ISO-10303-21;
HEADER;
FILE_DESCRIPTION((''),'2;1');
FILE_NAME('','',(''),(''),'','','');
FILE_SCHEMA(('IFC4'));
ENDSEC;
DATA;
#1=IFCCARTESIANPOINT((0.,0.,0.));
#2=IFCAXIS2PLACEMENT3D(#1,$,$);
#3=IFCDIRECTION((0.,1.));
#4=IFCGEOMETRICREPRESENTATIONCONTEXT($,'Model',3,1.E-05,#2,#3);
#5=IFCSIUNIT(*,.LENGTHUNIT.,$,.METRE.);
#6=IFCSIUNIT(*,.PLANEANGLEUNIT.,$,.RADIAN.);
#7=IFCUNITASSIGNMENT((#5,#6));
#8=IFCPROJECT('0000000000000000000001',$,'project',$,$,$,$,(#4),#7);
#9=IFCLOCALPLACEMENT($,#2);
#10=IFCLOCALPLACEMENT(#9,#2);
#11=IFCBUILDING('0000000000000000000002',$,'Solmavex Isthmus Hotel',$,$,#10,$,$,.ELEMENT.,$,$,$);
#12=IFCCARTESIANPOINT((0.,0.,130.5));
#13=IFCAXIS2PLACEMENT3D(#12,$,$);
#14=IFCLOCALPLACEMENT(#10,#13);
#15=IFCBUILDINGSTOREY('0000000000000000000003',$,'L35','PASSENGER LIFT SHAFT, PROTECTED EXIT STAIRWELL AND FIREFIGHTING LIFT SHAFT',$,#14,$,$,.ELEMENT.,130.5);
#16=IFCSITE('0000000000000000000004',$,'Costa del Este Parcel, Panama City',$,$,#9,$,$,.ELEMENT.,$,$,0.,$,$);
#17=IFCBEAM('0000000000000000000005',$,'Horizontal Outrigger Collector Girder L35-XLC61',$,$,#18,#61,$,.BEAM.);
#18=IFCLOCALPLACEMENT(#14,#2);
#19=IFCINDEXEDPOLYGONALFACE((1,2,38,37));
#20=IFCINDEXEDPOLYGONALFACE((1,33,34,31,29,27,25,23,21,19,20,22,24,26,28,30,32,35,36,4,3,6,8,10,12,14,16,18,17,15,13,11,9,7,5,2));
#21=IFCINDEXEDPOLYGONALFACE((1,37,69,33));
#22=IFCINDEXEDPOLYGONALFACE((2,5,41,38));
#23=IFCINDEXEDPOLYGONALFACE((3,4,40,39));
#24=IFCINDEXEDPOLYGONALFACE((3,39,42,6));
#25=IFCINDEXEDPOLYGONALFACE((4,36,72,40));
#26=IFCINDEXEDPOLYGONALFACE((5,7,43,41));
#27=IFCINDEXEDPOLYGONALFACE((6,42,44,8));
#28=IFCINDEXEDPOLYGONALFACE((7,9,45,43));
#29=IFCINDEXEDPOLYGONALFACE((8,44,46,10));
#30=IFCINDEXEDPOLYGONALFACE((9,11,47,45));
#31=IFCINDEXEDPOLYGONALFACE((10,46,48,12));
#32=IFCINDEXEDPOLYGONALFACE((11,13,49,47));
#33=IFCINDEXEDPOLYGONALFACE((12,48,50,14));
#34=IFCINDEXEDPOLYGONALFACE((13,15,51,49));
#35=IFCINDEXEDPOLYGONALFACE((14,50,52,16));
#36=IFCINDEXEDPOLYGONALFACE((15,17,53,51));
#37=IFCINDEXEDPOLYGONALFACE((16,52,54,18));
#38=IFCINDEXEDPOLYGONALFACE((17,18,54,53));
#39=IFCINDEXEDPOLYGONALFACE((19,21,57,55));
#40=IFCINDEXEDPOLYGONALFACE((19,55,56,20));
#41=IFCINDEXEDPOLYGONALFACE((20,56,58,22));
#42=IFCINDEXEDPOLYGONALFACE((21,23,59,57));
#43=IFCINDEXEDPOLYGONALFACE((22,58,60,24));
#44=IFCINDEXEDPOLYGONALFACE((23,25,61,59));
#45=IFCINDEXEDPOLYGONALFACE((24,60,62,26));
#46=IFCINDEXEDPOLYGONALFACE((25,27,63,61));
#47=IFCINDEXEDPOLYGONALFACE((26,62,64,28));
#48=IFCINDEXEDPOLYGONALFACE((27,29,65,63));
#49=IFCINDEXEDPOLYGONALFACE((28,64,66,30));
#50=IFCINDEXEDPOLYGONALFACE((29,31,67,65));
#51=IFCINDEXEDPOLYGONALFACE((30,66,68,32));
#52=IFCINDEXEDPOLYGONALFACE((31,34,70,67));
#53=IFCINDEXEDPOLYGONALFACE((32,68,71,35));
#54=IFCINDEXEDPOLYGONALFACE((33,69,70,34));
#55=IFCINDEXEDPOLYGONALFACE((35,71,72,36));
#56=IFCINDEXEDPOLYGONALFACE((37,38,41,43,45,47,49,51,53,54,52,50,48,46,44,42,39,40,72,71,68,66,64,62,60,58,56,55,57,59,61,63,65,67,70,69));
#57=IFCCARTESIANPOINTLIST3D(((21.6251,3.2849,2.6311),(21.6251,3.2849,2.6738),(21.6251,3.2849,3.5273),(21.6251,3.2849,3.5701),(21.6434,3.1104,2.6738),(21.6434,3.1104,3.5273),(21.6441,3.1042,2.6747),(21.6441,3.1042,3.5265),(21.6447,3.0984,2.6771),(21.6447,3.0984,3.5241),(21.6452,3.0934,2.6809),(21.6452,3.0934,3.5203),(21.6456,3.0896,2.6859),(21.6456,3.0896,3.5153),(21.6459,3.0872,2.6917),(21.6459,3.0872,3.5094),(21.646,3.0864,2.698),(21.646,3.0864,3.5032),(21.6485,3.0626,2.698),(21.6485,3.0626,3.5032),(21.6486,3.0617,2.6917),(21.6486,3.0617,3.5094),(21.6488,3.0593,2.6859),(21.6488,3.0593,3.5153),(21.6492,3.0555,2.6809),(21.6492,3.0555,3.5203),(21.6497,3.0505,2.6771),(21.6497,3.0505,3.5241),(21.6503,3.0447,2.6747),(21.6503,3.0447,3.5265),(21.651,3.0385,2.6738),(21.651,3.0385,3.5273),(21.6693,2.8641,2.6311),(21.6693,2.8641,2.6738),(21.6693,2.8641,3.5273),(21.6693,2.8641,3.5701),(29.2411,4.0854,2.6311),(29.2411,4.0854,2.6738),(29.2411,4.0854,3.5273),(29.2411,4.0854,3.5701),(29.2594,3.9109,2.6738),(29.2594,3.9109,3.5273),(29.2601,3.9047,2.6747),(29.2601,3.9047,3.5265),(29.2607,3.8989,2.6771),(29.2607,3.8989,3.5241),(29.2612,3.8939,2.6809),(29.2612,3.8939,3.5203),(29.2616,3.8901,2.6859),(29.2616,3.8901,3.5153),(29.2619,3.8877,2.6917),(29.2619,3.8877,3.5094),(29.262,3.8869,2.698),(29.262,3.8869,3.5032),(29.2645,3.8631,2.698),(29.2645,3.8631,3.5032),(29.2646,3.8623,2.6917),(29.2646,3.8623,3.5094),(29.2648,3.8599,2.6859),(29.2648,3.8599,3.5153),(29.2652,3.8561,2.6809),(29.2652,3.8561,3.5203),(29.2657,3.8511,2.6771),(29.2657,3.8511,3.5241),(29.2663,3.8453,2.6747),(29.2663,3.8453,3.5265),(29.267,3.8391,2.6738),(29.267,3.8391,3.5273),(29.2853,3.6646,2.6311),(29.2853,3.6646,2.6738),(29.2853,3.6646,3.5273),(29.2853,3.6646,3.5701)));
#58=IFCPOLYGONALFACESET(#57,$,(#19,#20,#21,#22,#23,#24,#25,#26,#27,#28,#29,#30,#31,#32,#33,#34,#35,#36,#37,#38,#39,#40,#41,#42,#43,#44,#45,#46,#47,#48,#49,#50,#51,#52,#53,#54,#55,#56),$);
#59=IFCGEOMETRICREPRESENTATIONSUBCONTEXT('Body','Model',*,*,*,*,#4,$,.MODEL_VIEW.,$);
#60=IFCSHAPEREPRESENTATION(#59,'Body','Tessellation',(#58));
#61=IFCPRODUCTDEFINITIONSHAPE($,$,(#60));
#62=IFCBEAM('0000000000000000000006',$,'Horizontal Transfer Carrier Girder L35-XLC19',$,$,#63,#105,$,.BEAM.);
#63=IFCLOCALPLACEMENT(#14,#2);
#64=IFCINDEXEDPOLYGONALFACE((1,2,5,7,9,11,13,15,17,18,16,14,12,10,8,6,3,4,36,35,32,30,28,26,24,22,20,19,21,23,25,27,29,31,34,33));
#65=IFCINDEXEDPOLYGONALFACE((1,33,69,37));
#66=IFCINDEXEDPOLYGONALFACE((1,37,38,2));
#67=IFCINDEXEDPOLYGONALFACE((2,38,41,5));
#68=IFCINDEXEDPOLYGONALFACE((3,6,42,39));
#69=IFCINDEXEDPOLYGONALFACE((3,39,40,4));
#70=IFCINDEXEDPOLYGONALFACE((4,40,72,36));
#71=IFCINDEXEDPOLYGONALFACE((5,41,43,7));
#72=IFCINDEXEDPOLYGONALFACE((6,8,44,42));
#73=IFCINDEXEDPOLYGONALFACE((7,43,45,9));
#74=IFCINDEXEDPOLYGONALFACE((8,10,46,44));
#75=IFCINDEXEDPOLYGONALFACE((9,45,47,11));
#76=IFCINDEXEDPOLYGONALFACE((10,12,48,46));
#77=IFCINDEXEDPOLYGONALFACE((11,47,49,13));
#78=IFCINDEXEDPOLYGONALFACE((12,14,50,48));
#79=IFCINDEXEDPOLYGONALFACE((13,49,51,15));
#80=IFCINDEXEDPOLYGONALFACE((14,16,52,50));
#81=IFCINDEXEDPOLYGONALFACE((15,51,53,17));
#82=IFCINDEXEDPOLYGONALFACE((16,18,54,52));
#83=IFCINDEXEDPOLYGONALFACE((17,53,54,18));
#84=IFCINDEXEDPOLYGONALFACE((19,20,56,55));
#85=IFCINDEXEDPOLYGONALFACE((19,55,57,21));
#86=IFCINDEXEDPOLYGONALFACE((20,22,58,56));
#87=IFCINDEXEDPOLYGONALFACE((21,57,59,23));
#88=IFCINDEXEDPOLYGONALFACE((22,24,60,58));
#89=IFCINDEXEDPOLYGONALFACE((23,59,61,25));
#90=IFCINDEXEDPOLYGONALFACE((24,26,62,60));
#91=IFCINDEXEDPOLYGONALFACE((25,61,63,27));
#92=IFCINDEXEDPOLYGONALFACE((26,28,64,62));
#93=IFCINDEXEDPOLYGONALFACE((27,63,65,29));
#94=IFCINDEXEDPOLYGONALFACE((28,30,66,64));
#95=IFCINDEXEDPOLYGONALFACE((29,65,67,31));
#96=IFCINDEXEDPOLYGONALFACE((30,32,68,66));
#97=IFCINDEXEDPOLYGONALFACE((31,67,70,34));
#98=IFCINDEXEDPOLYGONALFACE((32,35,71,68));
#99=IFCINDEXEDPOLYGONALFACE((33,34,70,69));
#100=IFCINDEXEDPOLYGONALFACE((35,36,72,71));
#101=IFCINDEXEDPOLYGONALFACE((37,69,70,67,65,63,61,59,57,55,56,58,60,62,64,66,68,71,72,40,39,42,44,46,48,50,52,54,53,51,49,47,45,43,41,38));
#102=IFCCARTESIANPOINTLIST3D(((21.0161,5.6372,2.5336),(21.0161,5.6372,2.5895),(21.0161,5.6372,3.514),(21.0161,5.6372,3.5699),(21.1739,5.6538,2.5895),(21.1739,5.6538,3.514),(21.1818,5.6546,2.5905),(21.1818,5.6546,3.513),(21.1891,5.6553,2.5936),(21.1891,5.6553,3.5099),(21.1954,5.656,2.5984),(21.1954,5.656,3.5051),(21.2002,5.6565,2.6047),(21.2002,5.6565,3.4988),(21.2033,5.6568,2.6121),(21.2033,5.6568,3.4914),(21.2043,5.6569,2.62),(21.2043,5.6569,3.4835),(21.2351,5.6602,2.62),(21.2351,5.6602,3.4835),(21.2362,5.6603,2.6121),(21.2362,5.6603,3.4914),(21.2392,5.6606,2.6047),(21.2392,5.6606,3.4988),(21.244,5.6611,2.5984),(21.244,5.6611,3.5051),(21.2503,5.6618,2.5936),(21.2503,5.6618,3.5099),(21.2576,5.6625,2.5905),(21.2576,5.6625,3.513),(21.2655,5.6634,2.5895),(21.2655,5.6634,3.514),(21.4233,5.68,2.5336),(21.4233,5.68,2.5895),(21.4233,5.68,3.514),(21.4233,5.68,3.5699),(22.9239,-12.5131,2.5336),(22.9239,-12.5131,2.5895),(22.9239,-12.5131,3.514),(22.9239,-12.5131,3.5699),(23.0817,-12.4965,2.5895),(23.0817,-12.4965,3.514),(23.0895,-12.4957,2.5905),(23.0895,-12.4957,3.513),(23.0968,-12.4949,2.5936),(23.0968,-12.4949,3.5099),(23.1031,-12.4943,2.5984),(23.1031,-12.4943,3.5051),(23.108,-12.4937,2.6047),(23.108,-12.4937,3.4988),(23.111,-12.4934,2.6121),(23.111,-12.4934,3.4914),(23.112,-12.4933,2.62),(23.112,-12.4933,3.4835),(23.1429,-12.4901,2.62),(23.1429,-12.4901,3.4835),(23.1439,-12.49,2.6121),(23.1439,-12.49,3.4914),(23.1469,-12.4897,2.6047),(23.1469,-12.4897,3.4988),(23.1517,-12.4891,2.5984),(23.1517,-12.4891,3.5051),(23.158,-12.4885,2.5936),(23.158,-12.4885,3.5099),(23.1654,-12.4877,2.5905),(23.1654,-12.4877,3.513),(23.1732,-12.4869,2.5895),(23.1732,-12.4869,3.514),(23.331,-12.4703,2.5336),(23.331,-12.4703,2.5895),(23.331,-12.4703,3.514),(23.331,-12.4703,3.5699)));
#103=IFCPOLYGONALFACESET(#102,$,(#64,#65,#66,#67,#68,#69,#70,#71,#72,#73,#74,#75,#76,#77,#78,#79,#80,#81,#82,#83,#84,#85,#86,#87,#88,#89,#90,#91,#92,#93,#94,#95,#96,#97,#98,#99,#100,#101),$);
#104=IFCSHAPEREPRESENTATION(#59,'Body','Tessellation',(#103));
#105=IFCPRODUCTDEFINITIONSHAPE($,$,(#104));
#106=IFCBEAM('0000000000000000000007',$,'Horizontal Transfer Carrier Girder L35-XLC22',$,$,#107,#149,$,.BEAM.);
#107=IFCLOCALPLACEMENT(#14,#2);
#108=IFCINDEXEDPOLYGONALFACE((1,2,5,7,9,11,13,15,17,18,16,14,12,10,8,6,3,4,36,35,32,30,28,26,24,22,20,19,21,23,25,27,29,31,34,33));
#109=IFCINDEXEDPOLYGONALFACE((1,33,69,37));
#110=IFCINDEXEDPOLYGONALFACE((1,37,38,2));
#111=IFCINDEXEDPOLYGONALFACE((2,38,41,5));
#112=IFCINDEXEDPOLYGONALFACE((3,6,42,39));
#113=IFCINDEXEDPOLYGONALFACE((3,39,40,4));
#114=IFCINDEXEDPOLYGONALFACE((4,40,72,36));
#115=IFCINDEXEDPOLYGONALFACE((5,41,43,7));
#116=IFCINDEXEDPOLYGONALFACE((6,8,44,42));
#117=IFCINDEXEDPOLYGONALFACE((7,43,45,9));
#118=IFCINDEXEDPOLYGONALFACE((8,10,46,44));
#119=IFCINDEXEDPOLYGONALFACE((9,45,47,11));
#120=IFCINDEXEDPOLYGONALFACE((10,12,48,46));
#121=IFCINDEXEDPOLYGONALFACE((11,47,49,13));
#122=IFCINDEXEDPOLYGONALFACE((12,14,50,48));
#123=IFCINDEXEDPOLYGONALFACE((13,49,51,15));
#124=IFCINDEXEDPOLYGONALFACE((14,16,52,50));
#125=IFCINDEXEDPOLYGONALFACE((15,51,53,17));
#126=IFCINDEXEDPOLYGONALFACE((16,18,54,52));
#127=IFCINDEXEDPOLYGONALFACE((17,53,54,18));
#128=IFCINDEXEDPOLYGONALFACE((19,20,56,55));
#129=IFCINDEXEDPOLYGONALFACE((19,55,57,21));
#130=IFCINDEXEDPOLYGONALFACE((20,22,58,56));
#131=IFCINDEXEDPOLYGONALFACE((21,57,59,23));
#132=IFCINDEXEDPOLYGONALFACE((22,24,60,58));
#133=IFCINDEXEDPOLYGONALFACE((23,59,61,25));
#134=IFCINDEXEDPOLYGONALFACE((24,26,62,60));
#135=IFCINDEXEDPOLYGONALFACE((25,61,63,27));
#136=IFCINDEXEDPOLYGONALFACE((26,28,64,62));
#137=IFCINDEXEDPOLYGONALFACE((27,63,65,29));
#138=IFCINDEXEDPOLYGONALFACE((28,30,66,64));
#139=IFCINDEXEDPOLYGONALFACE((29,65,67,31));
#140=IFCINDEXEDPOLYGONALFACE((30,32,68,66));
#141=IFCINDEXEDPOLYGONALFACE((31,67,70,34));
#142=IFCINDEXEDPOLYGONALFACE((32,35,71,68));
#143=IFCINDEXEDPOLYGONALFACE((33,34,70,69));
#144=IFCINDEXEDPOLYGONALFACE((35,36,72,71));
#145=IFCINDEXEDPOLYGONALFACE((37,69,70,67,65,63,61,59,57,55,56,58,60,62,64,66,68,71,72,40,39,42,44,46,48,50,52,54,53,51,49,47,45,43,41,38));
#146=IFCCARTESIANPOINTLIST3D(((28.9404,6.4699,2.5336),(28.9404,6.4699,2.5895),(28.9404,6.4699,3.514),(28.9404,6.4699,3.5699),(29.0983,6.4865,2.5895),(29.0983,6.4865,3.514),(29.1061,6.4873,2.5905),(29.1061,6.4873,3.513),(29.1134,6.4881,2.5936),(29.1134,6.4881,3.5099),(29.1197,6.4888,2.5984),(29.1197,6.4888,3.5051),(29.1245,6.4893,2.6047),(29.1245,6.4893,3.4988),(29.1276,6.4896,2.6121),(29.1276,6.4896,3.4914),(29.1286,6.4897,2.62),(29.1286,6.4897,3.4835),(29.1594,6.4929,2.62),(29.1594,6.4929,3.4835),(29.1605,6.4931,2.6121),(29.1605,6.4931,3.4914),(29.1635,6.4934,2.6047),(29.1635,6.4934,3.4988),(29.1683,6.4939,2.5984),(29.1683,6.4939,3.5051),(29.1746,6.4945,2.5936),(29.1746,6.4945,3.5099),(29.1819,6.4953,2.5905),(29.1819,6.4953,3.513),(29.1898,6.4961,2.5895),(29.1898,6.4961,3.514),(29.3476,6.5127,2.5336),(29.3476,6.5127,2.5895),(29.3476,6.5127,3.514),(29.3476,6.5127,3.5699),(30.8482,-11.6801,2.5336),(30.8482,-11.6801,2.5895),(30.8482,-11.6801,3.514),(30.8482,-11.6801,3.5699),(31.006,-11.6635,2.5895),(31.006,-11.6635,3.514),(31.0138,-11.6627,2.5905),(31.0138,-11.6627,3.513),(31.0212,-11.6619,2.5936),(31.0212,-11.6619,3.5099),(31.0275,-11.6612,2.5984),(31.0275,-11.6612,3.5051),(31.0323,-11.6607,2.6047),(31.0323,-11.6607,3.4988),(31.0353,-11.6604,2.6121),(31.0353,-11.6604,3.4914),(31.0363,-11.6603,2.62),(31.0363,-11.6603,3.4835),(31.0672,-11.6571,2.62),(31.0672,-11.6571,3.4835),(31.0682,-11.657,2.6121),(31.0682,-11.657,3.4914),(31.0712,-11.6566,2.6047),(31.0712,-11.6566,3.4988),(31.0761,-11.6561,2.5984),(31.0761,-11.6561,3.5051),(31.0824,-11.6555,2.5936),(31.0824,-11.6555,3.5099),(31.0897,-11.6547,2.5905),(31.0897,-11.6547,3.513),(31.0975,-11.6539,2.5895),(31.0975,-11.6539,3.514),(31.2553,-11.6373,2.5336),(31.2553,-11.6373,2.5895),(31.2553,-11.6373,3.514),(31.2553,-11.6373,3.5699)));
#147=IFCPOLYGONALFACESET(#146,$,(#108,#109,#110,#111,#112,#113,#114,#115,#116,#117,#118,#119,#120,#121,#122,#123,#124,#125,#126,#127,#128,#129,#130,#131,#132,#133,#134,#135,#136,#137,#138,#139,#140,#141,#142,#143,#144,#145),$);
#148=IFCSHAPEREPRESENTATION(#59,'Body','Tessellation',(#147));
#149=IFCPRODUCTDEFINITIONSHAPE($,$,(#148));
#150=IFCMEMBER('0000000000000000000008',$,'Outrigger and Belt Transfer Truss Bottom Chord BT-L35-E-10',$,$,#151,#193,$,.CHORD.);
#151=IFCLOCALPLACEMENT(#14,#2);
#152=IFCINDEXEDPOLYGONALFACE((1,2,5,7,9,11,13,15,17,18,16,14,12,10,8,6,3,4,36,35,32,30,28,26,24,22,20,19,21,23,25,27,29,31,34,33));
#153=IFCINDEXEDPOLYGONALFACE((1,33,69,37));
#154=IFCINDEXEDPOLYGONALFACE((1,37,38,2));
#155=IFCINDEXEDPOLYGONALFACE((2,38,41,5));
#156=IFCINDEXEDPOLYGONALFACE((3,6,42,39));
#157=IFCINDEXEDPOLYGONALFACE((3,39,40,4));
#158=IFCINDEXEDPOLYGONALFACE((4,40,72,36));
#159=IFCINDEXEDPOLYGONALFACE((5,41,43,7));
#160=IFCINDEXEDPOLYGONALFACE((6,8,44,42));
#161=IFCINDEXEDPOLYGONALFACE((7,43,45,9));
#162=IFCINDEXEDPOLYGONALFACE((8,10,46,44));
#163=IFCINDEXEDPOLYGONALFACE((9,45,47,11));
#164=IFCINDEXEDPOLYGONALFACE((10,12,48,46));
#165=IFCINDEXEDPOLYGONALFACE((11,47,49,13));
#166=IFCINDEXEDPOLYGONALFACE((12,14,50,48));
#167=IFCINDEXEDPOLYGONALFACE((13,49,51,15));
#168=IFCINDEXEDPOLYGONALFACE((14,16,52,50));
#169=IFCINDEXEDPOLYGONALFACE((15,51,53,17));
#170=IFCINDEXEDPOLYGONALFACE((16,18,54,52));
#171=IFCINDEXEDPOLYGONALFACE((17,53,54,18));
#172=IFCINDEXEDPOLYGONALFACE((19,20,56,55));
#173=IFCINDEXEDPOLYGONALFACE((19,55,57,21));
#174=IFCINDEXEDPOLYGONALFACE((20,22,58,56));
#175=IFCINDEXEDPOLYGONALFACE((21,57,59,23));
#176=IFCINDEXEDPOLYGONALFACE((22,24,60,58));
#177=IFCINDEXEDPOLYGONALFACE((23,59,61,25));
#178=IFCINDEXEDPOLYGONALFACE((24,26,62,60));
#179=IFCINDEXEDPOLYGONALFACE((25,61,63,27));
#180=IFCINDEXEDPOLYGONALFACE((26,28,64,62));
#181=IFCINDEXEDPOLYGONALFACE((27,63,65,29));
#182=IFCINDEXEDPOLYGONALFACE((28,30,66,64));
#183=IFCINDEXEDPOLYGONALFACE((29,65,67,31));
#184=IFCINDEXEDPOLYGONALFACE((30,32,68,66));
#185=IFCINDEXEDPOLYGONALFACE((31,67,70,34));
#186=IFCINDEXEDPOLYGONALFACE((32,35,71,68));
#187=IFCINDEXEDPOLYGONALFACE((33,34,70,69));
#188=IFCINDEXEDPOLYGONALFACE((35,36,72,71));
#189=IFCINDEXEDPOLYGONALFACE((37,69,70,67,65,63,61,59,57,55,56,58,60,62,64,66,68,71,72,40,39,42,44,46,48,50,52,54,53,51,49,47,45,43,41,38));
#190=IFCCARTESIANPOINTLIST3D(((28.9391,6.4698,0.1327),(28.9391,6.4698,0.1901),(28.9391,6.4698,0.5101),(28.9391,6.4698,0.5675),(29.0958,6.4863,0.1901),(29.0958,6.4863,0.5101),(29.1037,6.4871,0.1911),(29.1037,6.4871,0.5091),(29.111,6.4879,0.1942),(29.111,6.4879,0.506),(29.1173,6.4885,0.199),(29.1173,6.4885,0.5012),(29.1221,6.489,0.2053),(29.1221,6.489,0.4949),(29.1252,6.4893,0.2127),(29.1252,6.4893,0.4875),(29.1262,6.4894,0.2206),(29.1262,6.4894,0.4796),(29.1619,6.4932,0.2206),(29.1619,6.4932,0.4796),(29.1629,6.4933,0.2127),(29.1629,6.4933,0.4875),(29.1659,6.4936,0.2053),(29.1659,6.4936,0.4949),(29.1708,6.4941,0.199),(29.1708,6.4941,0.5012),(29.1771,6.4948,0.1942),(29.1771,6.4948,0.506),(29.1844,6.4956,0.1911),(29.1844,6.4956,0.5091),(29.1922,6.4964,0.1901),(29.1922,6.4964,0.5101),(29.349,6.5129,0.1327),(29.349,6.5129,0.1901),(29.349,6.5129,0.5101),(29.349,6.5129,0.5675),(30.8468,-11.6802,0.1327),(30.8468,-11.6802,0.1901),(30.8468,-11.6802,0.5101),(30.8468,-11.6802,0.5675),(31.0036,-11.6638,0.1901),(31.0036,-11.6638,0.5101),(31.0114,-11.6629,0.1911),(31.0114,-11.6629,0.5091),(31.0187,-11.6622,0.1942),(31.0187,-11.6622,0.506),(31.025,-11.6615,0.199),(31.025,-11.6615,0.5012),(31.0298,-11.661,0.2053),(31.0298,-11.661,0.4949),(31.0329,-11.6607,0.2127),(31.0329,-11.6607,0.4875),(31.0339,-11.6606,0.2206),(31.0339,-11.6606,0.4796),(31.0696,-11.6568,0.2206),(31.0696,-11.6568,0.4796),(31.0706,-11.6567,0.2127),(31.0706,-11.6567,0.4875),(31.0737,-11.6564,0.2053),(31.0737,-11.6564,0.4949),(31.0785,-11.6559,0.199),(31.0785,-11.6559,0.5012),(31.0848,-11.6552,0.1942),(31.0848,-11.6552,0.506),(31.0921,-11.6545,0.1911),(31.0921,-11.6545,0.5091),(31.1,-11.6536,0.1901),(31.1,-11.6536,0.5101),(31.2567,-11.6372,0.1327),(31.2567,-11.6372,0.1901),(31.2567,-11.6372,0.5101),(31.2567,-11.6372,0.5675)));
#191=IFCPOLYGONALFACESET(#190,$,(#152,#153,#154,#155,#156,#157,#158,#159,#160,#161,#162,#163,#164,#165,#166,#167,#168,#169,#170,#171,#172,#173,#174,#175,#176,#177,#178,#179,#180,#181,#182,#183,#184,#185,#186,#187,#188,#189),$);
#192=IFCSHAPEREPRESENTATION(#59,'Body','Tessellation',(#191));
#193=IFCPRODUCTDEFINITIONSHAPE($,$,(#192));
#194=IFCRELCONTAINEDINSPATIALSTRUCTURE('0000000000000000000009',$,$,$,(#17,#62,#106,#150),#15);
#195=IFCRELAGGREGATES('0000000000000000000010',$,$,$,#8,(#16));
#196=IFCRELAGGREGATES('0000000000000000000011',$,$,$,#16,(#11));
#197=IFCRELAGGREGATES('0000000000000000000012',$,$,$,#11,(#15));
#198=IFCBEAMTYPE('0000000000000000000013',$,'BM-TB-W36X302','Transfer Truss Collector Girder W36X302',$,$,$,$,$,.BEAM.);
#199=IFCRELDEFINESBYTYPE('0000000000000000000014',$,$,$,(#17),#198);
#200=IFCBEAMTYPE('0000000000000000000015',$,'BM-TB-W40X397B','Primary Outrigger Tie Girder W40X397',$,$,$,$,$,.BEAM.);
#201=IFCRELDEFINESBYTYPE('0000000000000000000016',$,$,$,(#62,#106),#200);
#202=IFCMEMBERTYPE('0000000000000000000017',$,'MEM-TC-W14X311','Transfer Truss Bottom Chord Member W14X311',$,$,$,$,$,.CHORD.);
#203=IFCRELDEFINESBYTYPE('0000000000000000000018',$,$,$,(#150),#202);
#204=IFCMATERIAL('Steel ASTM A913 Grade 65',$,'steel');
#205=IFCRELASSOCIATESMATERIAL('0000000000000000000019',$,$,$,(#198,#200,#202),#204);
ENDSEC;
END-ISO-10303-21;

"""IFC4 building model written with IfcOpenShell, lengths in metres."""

from ifc_helpers import new_model, si_unit, direction, frame, origin, origin_2d, place, context, subcontext, project, spatial, i_section, extrude, material, material_profile, profile_set, type_object, element, save


model = new_model("IFC4")

# Units and contexts
model_context = context("Model", 3, precision=1e-05, world=origin(), true_north=direction((0.0, 1.0)))
body_context = subcontext(model_context, "Body", "Model", "MODEL_VIEW")
ifc_project = project(units=[si_unit("LENGTHUNIT", "METRE"), si_unit("PLANEANGLEUNIT", "RADIAN")], contexts=[model_context])

# Site, building, storey
site_placement = place(None, origin())
site = spatial("IfcSite", under=ifc_project, at=site_placement, Name="Costa del Este Parcel, Panama City", CompositionType="ELEMENT", RefElevation=0.0)
building_placement = place(site_placement, origin())
building = spatial("IfcBuilding", under=site, at=building_placement, Name="Solmavex Isthmus Hotel", CompositionType="ELEMENT")
storey_placement = place(building_placement, frame((0.0, 0.0, 130.5)))
storey = spatial("IfcBuildingStorey", under=building, at=storey_placement, Name="L35", Description="PASSENGER LIFT SHAFT, PROTECTED EXIT STAIRWELL AND FIREFIGHTING LIFT SHAFT", CompositionType="ELEMENT", Elevation=130.5)

# Shared definitions
ifc_material_1 = material(Name="Steel ASTM A913 Grade 65", Category="steel")

# Beams
ifc_material_profile_1 = material_profile(ifc_material_1, i_section(OverallWidth=0.4231, OverallDepth=0.939, WebThickness=0.0239, FlangeThickness=0.0427, FilletRadius=0.0242, at=origin_2d()), Name="W36X302")
ifc_profile_set_1 = profile_set([ifc_material_profile_1], Name="Steel ASTM A913 Grade 65")
beam_type_1 = type_object("IfcBeamType", Name="BM-TB-W36X302", Description="Transfer Truss Collector Girder W36X302", PredefinedType="BEAM", material=ifc_profile_set_1)
for number, where, z_axis, x_axis, name in (
    (1, (21.6472, 3.0745, 3.1006), (0.994521, 0.104537, 0.0), (-0.104537, 0.994521, 0.0), "Horizontal Outrigger Collector Girder L35-XLC61"),
):
    element("IfcBeam", number, at=place(storey_placement, frame(where, z_axis=z_axis, x_axis=x_axis)), inside=storey, type_object=beam_type_1, Name=name, PredefinedType="BEAM", context=body_context, shape_type="SweptSolid", body=[
        extrude(i_section(OverallWidth=0.4231, OverallDepth=0.939, WebThickness=0.0239, FlangeThickness=0.0427, FilletRadius=0.0242, at=origin_2d()), origin(), (0.0, 0.0, 1.0), 7.658),
    ])
ifc_material_profile_2 = material_profile(ifc_material_1, i_section(OverallWidth=0.4094, OverallDepth=1.0364, WebThickness=0.031, FlangeThickness=0.0559, FilletRadius=0.0305, at=origin_2d()), Name="W40X397")
ifc_profile_set_2 = profile_set([ifc_material_profile_2], Name="Steel ASTM A913 Grade 65")
beam_type_2 = type_object("IfcBeamType", Name="BM-TB-W40X397B", Description="Primary Outrigger Tie Girder W40X397", PredefinedType="BEAM", material=ifc_profile_set_2)
beam_1_placement = place(storey_placement, frame((23.1274, -12.4917, 3.0518), z_axis=(-0.104532, 0.994522, 0.0), x_axis=(-0.994522, -0.104532, 0.0)))
element("IfcBeam", 2, at=beam_1_placement, inside=storey, type_object=beam_type_2, Name="Horizontal Transfer Carrier Girder L35-XLC19", PredefinedType="BEAM", context=body_context, shape_type="SweptSolid", body=[
    extrude(i_section(OverallWidth=0.4094, OverallDepth=1.0364, WebThickness=0.031, FlangeThickness=0.0559, FilletRadius=0.0305, at=origin_2d()), origin(), (0.0, 0.0, 1.0), 18.2502),
])
beam_2_placement = place(storey_placement, frame((31.0518, -11.6587, 3.0518), z_axis=(-0.104533, 0.994521, 0.0), x_axis=(-0.994521, -0.104533, 0.0)))
element("IfcBeam", 3, at=beam_2_placement, inside=storey, type_object=beam_type_2, Name="Horizontal Transfer Carrier Girder L35-XLC22", PredefinedType="BEAM", context=body_context, shape_type="SweptSolid", body=[
    extrude(i_section(OverallWidth=0.4094, OverallDepth=1.0364, WebThickness=0.031, FlangeThickness=0.0559, FilletRadius=0.0305, at=origin_2d()), origin(), (0.0, 0.0, 1.0), 18.25),
])

# Member
ifc_material_profile_3 = material_profile(ifc_material_1, i_section(OverallWidth=0.4121, OverallDepth=0.4348, WebThickness=0.0359, FlangeThickness=0.0574, FilletRadius=0.0305, at=origin_2d()), Name="W14X311")
ifc_profile_set_3 = profile_set([ifc_material_profile_3], Name="Steel ASTM A913 Grade 65")
member_type_1 = type_object("IfcMemberType", Name="MEM-TC-W14X311", Description="Transfer Truss Bottom Chord Member W14X311", PredefinedType="CHORD", material=ifc_profile_set_3)
member_1_placement = place(storey_placement, frame((31.0518, -11.6587, 0.3501), z_axis=(-0.104533, 0.994521, 0.0), x_axis=(-0.994521, -0.104533, 0.0)))
element("IfcMember", 4, at=member_1_placement, inside=storey, type_object=member_type_1, Name="Outrigger and Belt Transfer Truss Bottom Chord BT-L35-E-10", PredefinedType="CHORD", context=body_context, shape_type="SweptSolid", body=[
    extrude(i_section(OverallWidth=0.4121, OverallDepth=0.4348, WebThickness=0.0359, FlangeThickness=0.0574, FilletRadius=0.0305, at=origin_2d()), origin(), (0.0, 0.0, 1.0), 18.25),
])

save(model, "model.ifc")
